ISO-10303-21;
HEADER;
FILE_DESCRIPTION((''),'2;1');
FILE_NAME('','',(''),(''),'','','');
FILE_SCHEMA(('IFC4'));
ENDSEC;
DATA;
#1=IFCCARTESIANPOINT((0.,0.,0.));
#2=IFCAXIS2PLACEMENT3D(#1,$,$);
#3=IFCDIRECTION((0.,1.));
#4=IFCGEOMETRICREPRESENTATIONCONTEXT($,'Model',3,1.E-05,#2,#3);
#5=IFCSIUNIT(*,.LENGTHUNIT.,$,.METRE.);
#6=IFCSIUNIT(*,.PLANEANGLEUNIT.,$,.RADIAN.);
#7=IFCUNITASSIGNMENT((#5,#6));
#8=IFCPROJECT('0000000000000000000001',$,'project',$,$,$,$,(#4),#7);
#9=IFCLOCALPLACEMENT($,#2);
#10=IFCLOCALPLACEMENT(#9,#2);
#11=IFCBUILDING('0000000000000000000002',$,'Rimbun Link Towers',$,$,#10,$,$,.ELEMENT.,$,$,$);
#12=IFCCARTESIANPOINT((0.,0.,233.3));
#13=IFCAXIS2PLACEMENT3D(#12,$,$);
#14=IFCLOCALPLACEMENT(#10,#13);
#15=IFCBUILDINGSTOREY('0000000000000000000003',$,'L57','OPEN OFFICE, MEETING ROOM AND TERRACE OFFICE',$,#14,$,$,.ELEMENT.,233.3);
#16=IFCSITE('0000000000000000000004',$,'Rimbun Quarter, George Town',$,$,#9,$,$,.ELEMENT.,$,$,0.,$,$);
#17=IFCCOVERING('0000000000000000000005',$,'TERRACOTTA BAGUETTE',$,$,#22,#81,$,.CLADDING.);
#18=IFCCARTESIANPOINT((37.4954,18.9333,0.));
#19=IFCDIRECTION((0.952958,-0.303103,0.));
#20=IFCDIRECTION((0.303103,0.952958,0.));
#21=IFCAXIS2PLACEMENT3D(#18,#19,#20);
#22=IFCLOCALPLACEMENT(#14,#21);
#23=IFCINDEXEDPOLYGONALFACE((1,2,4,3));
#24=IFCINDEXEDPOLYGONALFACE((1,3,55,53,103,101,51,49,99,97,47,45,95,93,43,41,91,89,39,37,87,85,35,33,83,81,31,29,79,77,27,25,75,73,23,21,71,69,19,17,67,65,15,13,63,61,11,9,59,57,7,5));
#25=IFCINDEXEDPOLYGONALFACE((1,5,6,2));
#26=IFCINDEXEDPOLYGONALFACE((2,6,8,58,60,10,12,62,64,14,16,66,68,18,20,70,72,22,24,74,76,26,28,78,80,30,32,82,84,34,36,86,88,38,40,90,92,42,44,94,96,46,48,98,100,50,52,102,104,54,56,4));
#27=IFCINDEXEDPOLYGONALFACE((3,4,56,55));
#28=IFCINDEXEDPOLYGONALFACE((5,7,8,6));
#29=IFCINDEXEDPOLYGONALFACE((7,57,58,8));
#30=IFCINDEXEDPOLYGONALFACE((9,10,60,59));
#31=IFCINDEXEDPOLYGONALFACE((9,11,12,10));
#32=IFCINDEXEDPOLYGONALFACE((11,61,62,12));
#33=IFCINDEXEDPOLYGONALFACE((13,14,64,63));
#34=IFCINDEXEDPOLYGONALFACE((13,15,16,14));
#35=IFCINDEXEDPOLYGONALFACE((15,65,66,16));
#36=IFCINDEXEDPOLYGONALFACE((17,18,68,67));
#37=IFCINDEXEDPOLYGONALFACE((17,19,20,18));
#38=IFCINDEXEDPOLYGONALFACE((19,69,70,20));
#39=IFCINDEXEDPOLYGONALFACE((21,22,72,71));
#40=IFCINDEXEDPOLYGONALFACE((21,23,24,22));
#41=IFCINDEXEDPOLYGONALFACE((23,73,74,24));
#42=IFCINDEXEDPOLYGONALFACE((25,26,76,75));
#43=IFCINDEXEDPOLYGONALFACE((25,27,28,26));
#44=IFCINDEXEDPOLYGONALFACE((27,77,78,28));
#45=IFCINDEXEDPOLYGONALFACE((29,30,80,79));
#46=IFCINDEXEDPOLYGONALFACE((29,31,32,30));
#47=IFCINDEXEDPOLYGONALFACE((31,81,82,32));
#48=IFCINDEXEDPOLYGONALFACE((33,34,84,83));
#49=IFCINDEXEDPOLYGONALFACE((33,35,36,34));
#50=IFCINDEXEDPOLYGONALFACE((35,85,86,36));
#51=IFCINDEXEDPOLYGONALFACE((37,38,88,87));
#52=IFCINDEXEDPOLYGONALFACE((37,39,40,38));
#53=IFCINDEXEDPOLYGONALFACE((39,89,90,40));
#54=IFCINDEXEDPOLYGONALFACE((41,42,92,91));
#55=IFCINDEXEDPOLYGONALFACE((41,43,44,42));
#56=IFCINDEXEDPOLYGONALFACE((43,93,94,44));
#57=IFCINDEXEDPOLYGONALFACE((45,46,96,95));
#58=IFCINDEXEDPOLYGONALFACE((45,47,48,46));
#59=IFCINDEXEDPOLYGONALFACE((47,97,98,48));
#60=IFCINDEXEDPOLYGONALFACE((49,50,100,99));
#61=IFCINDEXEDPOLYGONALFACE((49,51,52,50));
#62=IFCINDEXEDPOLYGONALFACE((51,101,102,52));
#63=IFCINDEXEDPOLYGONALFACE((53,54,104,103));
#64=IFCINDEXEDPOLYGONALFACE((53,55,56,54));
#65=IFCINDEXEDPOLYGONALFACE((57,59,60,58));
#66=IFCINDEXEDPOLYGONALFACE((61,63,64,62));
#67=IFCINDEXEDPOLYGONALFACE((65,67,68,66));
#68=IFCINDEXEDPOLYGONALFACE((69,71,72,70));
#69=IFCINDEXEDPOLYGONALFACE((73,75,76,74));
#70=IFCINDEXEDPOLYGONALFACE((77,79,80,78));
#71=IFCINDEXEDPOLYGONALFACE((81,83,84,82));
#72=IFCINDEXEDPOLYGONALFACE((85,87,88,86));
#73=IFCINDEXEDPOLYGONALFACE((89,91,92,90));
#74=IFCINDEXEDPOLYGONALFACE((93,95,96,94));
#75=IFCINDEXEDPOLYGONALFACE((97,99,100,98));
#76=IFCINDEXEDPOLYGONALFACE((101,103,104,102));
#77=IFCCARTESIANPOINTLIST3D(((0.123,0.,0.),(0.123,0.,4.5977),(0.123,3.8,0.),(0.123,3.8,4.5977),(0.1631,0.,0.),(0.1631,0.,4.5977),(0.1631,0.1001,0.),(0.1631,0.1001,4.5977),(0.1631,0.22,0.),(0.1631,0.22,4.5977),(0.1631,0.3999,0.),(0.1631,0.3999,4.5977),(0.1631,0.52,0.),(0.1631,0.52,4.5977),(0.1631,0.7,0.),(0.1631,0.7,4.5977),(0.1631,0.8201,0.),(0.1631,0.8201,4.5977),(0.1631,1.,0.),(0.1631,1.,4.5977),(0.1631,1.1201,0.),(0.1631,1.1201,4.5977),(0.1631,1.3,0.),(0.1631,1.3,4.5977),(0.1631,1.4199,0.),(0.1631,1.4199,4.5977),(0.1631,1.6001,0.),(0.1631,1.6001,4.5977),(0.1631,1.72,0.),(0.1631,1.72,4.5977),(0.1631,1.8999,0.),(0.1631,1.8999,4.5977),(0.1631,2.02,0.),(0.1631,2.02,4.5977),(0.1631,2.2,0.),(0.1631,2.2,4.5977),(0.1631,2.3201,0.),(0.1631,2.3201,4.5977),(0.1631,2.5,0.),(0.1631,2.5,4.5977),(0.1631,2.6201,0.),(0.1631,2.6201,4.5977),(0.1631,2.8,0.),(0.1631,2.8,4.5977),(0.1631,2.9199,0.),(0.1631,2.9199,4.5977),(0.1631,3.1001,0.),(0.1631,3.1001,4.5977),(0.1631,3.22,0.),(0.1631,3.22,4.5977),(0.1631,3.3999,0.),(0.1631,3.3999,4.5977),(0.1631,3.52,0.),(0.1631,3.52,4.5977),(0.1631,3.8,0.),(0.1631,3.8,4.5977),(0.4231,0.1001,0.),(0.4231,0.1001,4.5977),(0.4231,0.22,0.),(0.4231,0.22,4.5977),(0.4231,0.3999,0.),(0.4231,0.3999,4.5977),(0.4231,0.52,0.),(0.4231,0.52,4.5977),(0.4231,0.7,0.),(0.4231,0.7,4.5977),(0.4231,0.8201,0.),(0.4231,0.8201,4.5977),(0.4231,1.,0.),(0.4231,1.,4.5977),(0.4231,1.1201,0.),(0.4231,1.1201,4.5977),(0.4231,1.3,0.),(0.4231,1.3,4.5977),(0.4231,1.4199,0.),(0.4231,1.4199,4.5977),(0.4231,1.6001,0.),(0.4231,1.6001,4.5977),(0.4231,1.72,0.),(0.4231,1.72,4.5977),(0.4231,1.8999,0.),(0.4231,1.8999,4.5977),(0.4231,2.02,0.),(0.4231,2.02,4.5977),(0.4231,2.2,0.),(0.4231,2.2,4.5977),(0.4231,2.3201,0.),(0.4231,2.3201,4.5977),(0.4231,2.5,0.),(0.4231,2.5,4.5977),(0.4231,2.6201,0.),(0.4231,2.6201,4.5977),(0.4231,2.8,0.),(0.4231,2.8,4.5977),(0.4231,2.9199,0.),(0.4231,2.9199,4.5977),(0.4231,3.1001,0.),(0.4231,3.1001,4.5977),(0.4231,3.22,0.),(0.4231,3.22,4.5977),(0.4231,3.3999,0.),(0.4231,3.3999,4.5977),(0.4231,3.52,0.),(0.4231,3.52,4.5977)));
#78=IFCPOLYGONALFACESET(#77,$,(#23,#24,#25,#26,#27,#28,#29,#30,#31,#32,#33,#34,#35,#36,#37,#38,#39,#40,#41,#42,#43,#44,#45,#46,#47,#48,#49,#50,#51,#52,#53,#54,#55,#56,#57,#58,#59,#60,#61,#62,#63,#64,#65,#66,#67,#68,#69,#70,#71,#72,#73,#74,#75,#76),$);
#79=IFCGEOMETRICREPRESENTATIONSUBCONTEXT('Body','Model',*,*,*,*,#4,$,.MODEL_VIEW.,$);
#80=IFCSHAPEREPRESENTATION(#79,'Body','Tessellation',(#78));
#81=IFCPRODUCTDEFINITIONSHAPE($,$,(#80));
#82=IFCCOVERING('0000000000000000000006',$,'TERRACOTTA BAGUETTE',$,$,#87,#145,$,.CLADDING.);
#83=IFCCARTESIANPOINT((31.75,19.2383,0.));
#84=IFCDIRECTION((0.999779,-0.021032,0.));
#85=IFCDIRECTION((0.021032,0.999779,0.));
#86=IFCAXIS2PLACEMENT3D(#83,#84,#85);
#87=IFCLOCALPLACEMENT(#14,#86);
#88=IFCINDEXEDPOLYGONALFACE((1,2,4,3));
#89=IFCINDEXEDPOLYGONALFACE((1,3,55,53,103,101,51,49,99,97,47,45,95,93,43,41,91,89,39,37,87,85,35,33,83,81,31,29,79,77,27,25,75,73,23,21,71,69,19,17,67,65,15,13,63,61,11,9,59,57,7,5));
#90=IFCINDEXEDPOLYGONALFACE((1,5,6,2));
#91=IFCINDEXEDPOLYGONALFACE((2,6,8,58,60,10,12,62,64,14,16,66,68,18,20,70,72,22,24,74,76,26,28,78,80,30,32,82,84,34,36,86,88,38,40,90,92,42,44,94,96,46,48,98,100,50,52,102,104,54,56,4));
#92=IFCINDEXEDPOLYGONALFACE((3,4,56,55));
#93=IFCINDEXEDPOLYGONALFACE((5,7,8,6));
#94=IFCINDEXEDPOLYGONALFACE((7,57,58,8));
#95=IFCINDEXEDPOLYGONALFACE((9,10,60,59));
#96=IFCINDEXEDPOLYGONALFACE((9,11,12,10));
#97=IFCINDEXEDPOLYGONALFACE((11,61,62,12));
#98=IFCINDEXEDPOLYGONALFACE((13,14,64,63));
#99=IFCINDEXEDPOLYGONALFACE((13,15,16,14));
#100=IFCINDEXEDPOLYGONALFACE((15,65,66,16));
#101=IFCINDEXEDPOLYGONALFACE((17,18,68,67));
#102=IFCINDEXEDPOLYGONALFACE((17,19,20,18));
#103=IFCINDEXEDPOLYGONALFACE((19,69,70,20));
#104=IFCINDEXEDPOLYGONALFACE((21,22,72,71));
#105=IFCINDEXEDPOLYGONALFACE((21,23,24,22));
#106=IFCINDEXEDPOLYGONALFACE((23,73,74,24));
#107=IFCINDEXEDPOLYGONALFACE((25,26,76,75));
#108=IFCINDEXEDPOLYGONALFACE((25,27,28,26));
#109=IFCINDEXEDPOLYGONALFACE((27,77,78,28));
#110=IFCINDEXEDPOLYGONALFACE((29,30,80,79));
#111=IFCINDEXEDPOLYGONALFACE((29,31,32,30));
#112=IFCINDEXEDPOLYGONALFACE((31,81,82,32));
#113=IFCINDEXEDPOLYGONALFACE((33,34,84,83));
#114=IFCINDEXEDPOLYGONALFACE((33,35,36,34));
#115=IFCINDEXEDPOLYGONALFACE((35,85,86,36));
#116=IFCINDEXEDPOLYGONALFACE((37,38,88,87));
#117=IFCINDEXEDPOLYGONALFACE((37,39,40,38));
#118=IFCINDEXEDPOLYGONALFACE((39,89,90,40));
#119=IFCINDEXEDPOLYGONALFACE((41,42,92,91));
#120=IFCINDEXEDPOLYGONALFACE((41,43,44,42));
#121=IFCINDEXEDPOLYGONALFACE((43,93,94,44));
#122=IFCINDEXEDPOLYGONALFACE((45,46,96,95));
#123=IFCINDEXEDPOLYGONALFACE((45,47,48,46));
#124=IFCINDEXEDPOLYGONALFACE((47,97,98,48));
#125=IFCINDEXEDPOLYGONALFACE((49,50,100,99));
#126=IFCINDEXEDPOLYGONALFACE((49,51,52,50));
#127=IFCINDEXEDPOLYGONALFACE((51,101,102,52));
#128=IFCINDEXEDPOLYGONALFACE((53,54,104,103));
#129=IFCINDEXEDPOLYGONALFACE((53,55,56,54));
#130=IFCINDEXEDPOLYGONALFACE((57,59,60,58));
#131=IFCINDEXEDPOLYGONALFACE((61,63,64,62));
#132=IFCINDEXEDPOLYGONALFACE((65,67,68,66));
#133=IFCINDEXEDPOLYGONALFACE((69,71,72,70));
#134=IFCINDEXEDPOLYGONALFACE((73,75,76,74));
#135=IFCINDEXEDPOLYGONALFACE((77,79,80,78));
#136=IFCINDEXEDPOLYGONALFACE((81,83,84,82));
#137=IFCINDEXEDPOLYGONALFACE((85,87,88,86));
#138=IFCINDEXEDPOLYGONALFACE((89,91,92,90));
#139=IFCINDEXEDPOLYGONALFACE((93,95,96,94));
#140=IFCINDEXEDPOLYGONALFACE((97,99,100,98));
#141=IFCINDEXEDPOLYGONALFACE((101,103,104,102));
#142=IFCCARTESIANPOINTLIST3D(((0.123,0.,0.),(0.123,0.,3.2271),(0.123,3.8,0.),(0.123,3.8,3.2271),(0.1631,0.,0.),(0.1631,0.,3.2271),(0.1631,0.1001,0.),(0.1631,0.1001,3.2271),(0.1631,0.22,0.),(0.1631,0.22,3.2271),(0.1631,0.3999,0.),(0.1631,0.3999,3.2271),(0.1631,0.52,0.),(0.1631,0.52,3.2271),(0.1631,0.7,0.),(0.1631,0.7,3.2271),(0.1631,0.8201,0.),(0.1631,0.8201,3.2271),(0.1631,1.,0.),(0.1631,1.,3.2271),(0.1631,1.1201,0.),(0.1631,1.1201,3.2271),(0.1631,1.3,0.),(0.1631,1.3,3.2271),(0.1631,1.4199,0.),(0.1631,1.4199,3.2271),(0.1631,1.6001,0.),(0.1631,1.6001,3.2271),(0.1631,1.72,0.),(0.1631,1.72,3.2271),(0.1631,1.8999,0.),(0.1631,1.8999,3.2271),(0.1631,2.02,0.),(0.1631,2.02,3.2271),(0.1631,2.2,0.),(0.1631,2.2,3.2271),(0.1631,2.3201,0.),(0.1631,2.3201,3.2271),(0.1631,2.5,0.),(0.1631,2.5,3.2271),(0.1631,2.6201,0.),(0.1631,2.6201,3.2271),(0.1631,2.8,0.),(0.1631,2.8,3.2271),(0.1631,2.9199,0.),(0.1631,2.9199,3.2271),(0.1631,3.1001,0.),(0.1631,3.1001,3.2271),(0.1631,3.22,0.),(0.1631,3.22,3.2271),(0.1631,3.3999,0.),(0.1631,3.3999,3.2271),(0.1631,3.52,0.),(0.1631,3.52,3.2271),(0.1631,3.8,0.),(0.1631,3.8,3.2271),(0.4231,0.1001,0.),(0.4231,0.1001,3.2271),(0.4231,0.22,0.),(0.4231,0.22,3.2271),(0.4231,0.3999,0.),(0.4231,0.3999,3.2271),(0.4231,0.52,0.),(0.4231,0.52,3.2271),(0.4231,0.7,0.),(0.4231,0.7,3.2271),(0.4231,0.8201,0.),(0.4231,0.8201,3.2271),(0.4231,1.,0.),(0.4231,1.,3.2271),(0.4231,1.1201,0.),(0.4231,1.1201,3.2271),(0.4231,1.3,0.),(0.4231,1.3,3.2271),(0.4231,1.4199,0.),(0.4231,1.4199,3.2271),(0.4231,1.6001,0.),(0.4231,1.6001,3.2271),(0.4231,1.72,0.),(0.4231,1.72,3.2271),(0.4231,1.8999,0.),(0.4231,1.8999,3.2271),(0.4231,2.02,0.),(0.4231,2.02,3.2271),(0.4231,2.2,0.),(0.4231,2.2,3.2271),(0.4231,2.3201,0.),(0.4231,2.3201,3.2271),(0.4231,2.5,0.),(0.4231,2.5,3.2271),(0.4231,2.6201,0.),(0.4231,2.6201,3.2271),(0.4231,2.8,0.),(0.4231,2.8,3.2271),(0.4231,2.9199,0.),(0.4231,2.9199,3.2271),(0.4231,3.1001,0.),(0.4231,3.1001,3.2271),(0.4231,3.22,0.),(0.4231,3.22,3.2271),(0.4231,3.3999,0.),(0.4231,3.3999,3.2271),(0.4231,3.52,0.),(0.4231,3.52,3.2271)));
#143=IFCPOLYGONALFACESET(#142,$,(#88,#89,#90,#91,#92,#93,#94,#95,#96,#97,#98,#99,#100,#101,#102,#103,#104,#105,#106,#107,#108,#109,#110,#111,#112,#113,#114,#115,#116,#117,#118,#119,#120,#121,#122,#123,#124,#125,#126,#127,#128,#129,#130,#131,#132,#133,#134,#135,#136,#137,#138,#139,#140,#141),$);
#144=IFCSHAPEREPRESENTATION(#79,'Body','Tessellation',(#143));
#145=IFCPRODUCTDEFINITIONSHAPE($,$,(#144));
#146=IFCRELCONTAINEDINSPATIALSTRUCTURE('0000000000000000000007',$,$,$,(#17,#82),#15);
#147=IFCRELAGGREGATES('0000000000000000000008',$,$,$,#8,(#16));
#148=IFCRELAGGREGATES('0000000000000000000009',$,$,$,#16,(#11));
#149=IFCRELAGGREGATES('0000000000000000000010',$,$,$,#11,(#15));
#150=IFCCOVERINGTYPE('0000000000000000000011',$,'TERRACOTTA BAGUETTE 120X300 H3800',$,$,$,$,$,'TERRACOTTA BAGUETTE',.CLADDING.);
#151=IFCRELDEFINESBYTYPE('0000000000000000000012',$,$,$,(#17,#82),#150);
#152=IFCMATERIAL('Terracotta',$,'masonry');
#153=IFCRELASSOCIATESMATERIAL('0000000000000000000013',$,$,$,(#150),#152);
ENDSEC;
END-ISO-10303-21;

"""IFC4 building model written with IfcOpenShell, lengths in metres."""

from ifc_helpers import new_model, si_unit, direction, frame, origin, place, context, subcontext, project, spatial, polyline, outline, extrude, material, material_profile, profile_set, type_object, element, save


model = new_model("IFC4")

# Units and contexts
model_context = context("Model", 3, precision=1e-05, world=origin(), true_north=direction((0.0, 1.0)))
body_context = subcontext(model_context, "Body", "Model", "MODEL_VIEW")
ifc_project = project(units=[si_unit("LENGTHUNIT", "METRE"), si_unit("PLANEANGLEUNIT", "RADIAN")], contexts=[model_context])

# Site, building, storey
site_placement = place(None, origin())
site = spatial("IfcSite", under=ifc_project, at=site_placement, Name="Rimbun Quarter, George Town", CompositionType="ELEMENT", RefElevation=0.0)
building_placement = place(site_placement, origin())
building = spatial("IfcBuilding", under=site, at=building_placement, Name="Rimbun Link Towers", CompositionType="ELEMENT")
storey_placement = place(building_placement, frame((0.0, 0.0, 233.3)))
storey = spatial("IfcBuildingStorey", under=building, at=storey_placement, Name="L57", Description="OPEN OFFICE, MEETING ROOM AND TERRACE OFFICE", CompositionType="ELEMENT", Elevation=233.3)

# Coverings
ifc_material_1 = material(Name="Terracotta", Category="masonry")
ifc_material_profile_1 = material_profile(ifc_material_1, outline(polyline([(0.123, 0.0), (0.1631, 0.0), (0.1631, 0.1001), (0.4231, 0.1001), (0.4231, 0.22), (0.1631, 0.22), (0.1631, 0.3999), (0.4231, 0.3999), (0.4231, 0.52), (0.1631, 0.52), (0.1631, 0.7), (0.4231, 0.7), (0.4231, 0.8201), (0.1631, 0.8201), (0.1631, 1.0), (0.4231, 1.0), (0.4231, 1.1201), (0.1631, 1.1201), (0.1631, 1.3), (0.4231, 1.3), (0.4231, 1.4199), (0.1631, 1.4199), (0.1631, 1.6001), (0.4231, 1.6001), (0.4231, 1.72), (0.1631, 1.72), (0.1631, 1.8999), (0.4231, 1.8999), (0.4231, 2.02), (0.1631, 2.02), (0.1631, 2.2), (0.4231, 2.2), (0.4231, 2.3201), (0.1631, 2.3201), (0.1631, 2.5), (0.4231, 2.5), (0.4231, 2.6201), (0.1631, 2.6201), (0.1631, 2.8), (0.4231, 2.8), (0.4231, 2.9199), (0.1631, 2.9199), (0.1631, 3.1001), (0.4231, 3.1001), (0.4231, 3.22), (0.1631, 3.22), (0.1631, 3.3999), (0.4231, 3.3999), (0.4231, 3.52), (0.1631, 3.52), (0.1631, 3.8), (0.123, 3.8), (0.123, 0.0)])), Name="BAGUETTE 120X300")
ifc_profile_set_1 = profile_set([ifc_material_profile_1], Name="Terracotta")
covering_type = type_object("IfcCoveringType", Name="TERRACOTTA BAGUETTE 120X300 H3800", ElementType="TERRACOTTA BAGUETTE", PredefinedType="CLADDING", material=ifc_profile_set_1)
covering_1_placement = place(storey_placement, frame((37.4954, 18.9333, 0.0), z_axis=(0.952958, -0.303103, 0.0), x_axis=(0.303103, 0.952958, 0.0)))
element("IfcCovering", 1, at=covering_1_placement, inside=storey, type_object=covering_type, Name="TERRACOTTA BAGUETTE", PredefinedType="CLADDING", context=body_context, shape_type="SweptSolid", body=[
    extrude(outline(polyline([(0.123, 0.0), (0.1631, 0.0), (0.1631, 0.1001), (0.4231, 0.1001), (0.4231, 0.22), (0.1631, 0.22), (0.1631, 0.3999), (0.4231, 0.3999), (0.4231, 0.52), (0.1631, 0.52), (0.1631, 0.7), (0.4231, 0.7), (0.4231, 0.8201), (0.1631, 0.8201), (0.1631, 1.0), (0.4231, 1.0), (0.4231, 1.1201), (0.1631, 1.1201), (0.1631, 1.3), (0.4231, 1.3), (0.4231, 1.4199), (0.1631, 1.4199), (0.1631, 1.6001), (0.4231, 1.6001), (0.4231, 1.72), (0.1631, 1.72), (0.1631, 1.8999), (0.4231, 1.8999), (0.4231, 2.02), (0.1631, 2.02), (0.1631, 2.2), (0.4231, 2.2), (0.4231, 2.3201), (0.1631, 2.3201), (0.1631, 2.5), (0.4231, 2.5), (0.4231, 2.6201), (0.1631, 2.6201), (0.1631, 2.8), (0.4231, 2.8), (0.4231, 2.9199), (0.1631, 2.9199), (0.1631, 3.1001), (0.4231, 3.1001), (0.4231, 3.22), (0.1631, 3.22), (0.1631, 3.3999), (0.4231, 3.3999), (0.4231, 3.52), (0.1631, 3.52), (0.1631, 3.8), (0.123, 3.8), (0.123, 0.0)])), origin(), (0.0, 0.0, 1.0), 4.5977),
])
covering_2_placement = place(storey_placement, frame((31.75, 19.2383, 0.0), z_axis=(0.999779, -0.021032, 0.0), x_axis=(0.021032, 0.999779, 0.0)))
element("IfcCovering", 2, at=covering_2_placement, inside=storey, type_object=covering_type, Name="TERRACOTTA BAGUETTE", PredefinedType="CLADDING", context=body_context, shape_type="SweptSolid", body=[
    extrude(outline(polyline([(0.123, 0.0), (0.1631, 0.0), (0.1631, 0.1001), (0.4231, 0.1001), (0.4231, 0.22), (0.1631, 0.22), (0.1631, 0.3999), (0.4231, 0.3999), (0.4231, 0.52), (0.1631, 0.52), (0.1631, 0.7), (0.4231, 0.7), (0.4231, 0.8201), (0.1631, 0.8201), (0.1631, 1.0), (0.4231, 1.0), (0.4231, 1.1201), (0.1631, 1.1201), (0.1631, 1.3), (0.4231, 1.3), (0.4231, 1.4199), (0.1631, 1.4199), (0.1631, 1.6001), (0.4231, 1.6001), (0.4231, 1.72), (0.1631, 1.72), (0.1631, 1.8999), (0.4231, 1.8999), (0.4231, 2.02), (0.1631, 2.02), (0.1631, 2.2), (0.4231, 2.2), (0.4231, 2.3201), (0.1631, 2.3201), (0.1631, 2.5), (0.4231, 2.5), (0.4231, 2.6201), (0.1631, 2.6201), (0.1631, 2.8), (0.4231, 2.8), (0.4231, 2.9199), (0.1631, 2.9199), (0.1631, 3.1001), (0.4231, 3.1001), (0.4231, 3.22), (0.1631, 3.22), (0.1631, 3.3999), (0.4231, 3.3999), (0.4231, 3.52), (0.1631, 3.52), (0.1631, 3.8), (0.123, 3.8), (0.123, 0.0)])), origin(), (0.0, 0.0, 1.0), 3.2271),
])

save(model, "model.ifc")
